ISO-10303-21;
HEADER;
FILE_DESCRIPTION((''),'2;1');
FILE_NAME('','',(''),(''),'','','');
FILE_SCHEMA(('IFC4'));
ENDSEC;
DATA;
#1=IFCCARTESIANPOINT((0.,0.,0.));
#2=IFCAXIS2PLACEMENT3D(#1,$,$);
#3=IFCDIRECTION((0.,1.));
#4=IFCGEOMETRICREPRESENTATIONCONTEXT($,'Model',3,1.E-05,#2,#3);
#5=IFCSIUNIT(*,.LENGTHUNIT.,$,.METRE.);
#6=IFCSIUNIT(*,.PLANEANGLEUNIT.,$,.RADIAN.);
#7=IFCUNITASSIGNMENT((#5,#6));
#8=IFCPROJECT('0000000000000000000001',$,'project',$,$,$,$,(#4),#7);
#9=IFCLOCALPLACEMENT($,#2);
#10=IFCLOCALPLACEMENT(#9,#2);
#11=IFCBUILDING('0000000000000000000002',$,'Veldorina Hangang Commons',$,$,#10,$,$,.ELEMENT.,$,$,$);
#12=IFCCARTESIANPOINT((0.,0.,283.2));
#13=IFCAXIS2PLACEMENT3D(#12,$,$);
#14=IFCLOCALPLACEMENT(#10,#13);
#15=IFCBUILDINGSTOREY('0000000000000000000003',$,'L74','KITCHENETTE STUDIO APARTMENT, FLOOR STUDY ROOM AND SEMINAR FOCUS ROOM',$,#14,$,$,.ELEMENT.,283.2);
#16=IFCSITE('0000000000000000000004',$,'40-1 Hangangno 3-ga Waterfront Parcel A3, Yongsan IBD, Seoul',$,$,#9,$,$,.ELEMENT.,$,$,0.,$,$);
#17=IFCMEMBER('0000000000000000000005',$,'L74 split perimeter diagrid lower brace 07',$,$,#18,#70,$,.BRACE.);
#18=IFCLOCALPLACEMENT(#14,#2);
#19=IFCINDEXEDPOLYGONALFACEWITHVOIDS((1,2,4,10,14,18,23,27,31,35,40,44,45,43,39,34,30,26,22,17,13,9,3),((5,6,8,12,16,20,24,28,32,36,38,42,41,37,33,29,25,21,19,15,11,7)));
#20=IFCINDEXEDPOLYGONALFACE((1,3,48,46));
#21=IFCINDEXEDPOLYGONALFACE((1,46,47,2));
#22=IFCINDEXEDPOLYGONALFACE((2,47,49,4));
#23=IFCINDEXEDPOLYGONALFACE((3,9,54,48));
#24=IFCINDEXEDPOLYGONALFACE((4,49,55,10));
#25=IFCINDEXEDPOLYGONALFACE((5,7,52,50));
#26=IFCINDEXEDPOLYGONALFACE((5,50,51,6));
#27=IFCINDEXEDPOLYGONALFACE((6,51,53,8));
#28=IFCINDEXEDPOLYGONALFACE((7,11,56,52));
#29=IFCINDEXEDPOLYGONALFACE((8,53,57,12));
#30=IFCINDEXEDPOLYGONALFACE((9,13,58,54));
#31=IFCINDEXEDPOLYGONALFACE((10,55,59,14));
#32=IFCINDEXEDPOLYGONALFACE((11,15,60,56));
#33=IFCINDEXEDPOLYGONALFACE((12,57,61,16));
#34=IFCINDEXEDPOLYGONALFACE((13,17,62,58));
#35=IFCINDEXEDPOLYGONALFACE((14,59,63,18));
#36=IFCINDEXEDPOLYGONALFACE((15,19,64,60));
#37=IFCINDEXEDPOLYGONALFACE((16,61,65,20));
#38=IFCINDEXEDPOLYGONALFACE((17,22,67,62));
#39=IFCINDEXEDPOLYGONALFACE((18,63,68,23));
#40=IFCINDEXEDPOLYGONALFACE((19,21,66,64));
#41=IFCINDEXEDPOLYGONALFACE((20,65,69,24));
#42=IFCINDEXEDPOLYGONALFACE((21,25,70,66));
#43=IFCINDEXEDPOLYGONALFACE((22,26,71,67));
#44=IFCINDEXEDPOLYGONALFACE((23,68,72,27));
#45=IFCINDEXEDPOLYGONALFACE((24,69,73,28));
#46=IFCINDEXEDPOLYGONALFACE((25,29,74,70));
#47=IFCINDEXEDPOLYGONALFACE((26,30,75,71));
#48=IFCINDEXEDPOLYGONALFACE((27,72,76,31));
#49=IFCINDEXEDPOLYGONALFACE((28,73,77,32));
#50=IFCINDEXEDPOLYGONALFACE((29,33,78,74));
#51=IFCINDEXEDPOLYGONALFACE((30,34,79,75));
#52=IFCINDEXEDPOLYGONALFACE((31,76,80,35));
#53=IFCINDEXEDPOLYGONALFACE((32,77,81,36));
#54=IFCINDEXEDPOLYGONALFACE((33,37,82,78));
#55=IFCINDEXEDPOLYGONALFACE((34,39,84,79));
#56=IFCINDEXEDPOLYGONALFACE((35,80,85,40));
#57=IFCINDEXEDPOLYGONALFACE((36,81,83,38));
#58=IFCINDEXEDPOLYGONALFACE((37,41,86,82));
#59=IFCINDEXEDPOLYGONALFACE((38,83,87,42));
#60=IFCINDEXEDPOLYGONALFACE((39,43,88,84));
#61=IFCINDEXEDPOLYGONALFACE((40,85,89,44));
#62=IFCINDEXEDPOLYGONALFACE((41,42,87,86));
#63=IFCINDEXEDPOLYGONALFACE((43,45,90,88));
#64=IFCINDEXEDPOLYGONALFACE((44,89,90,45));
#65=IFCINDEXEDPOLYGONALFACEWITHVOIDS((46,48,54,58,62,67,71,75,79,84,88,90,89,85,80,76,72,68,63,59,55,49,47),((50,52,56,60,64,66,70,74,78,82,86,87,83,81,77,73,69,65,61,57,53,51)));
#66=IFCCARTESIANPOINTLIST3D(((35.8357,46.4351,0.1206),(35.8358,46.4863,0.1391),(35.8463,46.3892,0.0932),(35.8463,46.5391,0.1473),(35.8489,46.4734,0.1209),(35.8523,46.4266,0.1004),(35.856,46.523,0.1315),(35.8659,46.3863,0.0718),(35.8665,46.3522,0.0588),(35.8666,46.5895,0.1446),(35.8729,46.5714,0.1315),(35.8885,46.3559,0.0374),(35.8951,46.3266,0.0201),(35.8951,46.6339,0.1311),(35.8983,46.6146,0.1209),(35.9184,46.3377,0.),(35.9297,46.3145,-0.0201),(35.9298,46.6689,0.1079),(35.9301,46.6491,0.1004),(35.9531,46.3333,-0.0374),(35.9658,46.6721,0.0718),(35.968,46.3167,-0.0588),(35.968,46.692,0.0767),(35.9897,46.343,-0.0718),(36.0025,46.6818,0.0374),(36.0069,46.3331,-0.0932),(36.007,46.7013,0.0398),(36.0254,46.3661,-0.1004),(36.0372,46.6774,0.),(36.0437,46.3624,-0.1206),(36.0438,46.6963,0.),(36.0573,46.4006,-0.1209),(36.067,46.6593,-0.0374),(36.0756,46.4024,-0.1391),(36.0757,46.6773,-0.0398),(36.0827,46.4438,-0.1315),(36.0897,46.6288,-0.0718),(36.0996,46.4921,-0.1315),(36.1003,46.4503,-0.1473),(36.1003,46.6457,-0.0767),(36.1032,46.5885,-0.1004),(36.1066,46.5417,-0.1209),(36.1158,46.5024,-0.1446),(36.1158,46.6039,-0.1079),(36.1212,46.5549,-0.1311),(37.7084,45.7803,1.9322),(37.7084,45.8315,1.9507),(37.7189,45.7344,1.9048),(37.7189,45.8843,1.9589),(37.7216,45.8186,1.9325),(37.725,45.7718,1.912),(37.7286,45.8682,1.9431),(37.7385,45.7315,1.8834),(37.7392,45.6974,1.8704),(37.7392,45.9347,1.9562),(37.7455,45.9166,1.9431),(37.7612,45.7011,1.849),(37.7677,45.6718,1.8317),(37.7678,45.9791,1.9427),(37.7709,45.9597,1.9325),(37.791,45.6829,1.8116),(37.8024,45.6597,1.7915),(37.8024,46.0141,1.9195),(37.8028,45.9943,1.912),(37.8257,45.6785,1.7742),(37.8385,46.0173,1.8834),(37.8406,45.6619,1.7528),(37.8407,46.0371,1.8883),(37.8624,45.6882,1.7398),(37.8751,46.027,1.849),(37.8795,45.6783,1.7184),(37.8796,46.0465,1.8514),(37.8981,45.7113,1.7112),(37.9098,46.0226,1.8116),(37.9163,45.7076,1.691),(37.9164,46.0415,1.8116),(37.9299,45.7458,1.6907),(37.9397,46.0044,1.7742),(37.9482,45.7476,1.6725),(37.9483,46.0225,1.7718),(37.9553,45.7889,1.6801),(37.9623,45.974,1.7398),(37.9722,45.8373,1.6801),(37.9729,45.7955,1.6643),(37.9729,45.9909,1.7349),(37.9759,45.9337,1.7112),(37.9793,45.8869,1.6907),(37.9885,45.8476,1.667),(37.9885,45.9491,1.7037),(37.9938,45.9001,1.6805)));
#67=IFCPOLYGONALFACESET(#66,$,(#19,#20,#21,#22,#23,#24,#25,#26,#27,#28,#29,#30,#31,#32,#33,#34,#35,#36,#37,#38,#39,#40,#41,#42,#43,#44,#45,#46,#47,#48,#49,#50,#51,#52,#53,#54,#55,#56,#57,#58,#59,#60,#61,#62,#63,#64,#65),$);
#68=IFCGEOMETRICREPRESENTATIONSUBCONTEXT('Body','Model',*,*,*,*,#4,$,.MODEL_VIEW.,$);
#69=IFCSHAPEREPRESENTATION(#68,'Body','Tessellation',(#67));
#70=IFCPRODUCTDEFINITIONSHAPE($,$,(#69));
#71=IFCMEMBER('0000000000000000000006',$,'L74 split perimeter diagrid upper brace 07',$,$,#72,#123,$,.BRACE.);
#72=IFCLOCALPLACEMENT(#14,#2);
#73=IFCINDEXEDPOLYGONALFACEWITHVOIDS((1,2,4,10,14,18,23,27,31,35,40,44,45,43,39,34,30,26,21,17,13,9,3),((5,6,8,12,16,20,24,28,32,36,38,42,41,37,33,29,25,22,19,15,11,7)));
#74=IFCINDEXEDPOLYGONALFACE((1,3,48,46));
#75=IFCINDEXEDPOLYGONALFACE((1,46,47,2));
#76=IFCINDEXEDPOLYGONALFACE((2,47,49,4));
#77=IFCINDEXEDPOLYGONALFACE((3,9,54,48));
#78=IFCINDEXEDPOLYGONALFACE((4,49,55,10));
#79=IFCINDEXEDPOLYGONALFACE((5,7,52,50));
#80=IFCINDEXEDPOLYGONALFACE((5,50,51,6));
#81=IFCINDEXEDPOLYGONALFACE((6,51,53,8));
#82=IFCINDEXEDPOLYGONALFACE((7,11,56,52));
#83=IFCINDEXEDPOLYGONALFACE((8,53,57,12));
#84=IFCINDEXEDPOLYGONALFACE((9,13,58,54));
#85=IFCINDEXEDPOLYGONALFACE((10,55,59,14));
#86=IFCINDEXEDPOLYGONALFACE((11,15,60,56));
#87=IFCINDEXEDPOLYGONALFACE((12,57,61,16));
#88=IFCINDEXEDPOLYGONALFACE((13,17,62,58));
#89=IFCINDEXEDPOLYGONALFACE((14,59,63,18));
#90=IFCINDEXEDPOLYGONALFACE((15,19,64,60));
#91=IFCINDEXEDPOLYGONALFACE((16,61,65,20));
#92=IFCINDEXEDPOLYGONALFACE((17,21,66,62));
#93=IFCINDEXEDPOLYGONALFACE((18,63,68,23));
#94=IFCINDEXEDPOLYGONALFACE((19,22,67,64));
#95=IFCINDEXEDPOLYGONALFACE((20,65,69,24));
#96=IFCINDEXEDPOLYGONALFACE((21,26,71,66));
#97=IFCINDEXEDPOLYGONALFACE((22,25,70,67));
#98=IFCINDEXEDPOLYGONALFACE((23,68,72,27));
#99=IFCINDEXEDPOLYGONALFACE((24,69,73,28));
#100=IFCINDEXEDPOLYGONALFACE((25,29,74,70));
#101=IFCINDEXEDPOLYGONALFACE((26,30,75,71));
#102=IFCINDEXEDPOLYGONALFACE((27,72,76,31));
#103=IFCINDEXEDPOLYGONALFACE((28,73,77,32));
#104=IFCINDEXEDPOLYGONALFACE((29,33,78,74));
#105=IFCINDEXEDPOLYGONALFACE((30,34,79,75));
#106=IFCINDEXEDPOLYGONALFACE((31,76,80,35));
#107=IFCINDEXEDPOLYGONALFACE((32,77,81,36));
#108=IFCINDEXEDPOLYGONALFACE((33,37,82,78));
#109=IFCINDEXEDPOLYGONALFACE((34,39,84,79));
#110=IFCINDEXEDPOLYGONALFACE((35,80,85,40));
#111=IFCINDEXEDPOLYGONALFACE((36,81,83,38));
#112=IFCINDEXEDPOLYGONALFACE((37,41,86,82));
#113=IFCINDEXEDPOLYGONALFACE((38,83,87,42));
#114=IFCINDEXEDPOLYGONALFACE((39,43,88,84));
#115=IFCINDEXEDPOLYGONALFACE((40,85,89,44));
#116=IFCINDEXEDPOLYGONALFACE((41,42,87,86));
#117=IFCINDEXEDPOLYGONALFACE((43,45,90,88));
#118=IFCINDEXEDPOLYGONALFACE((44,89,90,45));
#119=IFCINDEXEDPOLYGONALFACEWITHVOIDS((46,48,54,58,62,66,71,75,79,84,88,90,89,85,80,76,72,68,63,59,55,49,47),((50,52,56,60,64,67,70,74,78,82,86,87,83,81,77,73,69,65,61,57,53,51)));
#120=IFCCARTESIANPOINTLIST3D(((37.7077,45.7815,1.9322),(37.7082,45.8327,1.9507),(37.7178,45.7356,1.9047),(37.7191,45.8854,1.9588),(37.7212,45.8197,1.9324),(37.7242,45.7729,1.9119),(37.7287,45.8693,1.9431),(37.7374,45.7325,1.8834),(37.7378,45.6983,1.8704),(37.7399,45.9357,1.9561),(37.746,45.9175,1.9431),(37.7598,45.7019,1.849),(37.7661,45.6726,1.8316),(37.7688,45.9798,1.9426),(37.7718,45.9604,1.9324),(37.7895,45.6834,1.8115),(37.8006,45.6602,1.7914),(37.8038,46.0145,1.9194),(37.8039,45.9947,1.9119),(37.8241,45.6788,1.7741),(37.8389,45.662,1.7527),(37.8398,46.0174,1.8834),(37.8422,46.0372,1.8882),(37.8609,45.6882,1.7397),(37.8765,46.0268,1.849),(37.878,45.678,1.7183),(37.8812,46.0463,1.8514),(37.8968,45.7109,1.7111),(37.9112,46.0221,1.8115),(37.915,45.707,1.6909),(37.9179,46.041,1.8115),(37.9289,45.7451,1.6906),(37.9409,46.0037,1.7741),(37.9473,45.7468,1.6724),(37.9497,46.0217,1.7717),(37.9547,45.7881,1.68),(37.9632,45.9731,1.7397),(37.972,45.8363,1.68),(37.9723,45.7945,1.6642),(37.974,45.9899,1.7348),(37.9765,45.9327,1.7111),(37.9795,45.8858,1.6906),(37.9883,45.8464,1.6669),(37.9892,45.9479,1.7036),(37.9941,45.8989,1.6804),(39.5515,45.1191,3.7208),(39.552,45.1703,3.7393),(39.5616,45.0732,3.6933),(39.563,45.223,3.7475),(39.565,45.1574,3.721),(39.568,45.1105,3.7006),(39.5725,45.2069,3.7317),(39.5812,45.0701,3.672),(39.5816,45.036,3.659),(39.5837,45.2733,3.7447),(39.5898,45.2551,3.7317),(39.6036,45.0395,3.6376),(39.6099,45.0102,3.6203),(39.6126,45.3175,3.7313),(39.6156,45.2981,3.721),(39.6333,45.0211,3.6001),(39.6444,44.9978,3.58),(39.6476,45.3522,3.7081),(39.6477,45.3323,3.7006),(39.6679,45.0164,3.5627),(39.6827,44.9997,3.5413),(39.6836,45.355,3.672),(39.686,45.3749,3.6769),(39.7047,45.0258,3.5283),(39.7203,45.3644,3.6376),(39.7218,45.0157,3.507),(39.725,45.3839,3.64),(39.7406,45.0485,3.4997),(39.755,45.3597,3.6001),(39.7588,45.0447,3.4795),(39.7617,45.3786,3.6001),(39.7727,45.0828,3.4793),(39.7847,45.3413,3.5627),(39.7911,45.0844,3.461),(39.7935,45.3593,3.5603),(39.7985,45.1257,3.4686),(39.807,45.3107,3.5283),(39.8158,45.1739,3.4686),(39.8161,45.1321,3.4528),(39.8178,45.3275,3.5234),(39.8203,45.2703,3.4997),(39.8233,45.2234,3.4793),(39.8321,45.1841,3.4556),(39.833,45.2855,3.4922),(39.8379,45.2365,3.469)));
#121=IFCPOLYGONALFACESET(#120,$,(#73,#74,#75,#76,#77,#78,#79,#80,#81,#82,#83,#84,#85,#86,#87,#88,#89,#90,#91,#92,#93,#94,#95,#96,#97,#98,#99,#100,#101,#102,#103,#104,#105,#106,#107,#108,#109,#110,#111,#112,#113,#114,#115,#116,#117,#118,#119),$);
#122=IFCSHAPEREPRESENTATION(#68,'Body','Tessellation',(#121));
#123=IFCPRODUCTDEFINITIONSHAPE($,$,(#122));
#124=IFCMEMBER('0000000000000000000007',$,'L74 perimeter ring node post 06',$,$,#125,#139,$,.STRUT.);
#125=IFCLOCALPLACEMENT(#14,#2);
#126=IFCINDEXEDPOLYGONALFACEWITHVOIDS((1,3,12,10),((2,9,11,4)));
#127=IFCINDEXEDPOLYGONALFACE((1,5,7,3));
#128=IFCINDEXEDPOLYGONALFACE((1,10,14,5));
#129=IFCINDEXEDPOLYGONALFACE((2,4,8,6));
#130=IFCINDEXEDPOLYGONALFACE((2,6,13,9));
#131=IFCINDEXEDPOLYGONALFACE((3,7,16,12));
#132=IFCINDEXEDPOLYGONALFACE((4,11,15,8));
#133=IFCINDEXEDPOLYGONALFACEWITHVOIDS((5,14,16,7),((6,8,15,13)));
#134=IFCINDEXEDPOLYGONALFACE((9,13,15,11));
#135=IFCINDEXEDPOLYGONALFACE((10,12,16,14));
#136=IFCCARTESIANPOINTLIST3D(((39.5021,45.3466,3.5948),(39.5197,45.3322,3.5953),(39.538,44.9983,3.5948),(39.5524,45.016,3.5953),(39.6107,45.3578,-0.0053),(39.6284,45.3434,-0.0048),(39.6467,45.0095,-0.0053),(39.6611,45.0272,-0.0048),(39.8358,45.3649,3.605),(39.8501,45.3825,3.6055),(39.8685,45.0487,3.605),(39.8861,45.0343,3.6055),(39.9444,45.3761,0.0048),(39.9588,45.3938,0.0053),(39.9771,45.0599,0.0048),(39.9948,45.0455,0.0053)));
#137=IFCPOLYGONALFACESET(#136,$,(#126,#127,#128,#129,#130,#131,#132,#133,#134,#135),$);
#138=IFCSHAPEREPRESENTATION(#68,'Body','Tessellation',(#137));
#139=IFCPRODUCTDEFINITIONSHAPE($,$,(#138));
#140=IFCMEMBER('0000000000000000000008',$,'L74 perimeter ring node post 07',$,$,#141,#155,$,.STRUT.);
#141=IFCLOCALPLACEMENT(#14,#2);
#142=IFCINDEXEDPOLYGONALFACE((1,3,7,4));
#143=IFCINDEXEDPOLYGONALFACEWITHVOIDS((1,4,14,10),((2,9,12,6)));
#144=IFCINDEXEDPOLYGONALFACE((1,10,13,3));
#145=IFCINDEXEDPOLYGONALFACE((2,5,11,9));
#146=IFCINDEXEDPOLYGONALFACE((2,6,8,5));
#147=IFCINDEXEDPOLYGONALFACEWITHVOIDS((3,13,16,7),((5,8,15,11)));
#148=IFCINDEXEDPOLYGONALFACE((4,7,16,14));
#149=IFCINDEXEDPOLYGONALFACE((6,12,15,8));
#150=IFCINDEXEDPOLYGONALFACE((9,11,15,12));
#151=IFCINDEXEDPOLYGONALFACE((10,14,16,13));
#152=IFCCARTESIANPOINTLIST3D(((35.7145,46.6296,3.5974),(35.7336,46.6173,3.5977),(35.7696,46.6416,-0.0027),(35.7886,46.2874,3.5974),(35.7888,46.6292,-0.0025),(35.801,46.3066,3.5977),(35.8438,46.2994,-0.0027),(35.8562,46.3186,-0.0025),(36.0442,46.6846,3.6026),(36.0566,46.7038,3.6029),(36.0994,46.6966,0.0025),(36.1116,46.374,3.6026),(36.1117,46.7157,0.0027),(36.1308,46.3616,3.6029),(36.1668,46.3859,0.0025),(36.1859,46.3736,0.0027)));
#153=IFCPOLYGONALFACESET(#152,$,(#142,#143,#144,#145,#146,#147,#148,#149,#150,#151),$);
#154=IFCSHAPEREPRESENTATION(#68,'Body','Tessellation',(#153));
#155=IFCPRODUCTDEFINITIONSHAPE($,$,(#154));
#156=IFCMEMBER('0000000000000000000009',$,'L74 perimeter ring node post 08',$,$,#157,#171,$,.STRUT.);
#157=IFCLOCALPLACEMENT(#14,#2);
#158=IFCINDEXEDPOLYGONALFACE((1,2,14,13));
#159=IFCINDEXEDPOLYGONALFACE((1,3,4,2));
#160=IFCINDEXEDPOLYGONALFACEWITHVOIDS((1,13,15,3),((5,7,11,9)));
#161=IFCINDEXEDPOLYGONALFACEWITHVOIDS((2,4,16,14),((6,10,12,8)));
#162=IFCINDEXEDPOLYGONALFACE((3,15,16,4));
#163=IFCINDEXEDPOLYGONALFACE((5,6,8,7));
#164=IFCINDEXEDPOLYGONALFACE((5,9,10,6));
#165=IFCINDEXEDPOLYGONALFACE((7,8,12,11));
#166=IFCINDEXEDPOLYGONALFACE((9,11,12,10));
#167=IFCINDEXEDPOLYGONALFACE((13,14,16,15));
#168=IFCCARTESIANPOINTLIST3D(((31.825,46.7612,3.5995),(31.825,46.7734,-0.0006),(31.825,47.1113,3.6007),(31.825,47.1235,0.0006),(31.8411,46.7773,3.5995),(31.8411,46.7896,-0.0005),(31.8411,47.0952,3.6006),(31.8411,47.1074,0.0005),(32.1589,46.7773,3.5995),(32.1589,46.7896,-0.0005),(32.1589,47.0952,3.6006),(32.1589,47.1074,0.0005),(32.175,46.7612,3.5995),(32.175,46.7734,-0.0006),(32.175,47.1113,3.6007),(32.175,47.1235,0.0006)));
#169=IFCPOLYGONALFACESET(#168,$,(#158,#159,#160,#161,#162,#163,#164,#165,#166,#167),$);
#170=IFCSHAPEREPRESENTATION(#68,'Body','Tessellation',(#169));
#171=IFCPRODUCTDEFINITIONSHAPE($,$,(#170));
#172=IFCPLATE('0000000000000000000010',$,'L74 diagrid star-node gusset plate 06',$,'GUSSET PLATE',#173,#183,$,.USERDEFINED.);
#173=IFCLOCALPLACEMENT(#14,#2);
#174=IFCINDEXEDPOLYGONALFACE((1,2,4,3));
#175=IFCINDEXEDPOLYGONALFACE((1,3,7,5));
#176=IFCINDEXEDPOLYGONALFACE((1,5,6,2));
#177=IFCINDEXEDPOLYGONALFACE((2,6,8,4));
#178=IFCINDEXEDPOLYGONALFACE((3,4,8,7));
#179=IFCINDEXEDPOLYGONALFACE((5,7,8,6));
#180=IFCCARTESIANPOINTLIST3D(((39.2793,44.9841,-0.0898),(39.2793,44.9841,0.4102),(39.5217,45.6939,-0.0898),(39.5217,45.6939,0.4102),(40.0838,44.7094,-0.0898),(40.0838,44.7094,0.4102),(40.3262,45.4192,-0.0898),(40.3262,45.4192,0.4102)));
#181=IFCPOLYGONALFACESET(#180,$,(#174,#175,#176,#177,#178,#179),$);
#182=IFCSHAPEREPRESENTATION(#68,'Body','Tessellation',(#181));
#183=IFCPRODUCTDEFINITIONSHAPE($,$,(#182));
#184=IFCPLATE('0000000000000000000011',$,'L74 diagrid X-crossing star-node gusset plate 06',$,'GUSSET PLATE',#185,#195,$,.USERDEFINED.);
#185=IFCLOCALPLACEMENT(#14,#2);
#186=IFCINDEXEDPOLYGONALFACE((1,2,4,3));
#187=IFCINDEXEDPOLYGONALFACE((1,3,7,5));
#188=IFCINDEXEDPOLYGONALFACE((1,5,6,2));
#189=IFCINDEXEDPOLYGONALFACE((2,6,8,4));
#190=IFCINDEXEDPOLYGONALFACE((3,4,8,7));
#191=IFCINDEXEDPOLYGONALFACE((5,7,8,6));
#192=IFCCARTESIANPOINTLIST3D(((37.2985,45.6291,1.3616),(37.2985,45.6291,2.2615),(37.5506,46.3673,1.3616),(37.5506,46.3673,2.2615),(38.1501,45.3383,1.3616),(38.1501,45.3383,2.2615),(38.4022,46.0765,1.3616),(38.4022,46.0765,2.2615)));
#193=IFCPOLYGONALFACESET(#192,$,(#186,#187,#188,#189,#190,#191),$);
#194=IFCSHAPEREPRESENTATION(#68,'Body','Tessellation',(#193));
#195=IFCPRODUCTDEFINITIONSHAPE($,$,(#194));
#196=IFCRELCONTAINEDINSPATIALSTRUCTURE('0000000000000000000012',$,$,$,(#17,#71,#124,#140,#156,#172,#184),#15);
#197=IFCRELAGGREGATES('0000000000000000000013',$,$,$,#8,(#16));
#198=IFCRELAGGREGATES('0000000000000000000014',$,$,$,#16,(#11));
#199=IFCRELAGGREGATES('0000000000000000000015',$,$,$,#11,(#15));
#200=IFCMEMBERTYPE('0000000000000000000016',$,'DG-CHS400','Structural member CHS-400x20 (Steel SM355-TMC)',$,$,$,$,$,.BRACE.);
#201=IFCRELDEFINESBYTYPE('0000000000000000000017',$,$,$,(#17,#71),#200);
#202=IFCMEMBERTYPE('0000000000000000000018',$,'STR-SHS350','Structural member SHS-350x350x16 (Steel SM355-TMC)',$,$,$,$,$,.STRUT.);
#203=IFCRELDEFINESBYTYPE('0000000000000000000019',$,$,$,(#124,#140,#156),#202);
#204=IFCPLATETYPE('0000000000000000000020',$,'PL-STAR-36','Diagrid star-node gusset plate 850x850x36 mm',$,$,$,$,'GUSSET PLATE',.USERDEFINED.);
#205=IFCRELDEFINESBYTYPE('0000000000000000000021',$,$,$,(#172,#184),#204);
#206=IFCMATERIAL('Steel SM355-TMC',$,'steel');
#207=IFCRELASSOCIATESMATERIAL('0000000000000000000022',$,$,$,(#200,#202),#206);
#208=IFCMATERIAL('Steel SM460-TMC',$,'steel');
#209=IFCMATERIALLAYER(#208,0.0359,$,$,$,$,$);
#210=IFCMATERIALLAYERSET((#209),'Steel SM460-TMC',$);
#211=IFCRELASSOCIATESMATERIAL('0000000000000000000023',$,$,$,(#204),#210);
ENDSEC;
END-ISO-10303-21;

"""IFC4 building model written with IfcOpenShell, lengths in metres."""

from ifc_helpers import new_model, si_unit, direction, frame, origin, origin_2d, place, context, subcontext, project, spatial, rectangle, hollow_rectangle, hollow_circle, extrude, material, layer, layer_set, material_profile, profile_set, type_object, element, save


model = new_model("IFC4")

# Units and contexts
model_context = context("Model", 3, precision=1e-05, world=origin(), true_north=direction((0.0, 1.0)))
body_context = subcontext(model_context, "Body", "Model", "MODEL_VIEW")
ifc_project = project(units=[si_unit("LENGTHUNIT", "METRE"), si_unit("PLANEANGLEUNIT", "RADIAN")], contexts=[model_context])

# Site, building, storey
site_placement = place(None, origin())
site = spatial("IfcSite", under=ifc_project, at=site_placement, Name="40-1 Hangangno 3-ga Waterfront Parcel A3, Yongsan IBD, Seoul", CompositionType="ELEMENT", RefElevation=0.0)
building_placement = place(site_placement, origin())
building = spatial("IfcBuilding", under=site, at=building_placement, Name="Veldorina Hangang Commons", CompositionType="ELEMENT")
storey_placement = place(building_placement, frame((0.0, 0.0, 283.2)))
storey = spatial("IfcBuildingStorey", under=building, at=storey_placement, Name="L74", Description="KITCHENETTE STUDIO APARTMENT, FLOOR STUDY ROOM AND SEMINAR FOCUS ROOM", CompositionType="ELEMENT", Elevation=283.2)

# Shared definitions
ifc_material_1 = material(Name="Steel SM355-TMC", Category="steel")

# Members
ifc_material_profile_1 = material_profile(ifc_material_1, hollow_circle(Radius=0.2, WallThickness=0.02, at=origin_2d()), Name="CHS-400x20")
ifc_profile_set_1 = profile_set([ifc_material_profile_1], Name="Steel SM355-TMC")
member_type_1 = type_object("IfcMemberType", Name="DG-CHS400", Description="Structural member CHS-400x20 (Steel SM355-TMC)", PredefinedType="BRACE", material=ifc_profile_set_1)
member_1_placement = place(storey_placement, frame((35.9778, 46.5076, 0.0), z_axis=(0.697047, -0.243739, 0.674327), x_axis=(0.330076, 0.943954, 0.0)))
element("IfcMember", 1, at=member_1_placement, inside=storey, type_object=member_type_1, Name="L74 split perimeter diagrid lower brace 07", PredefinedType="BRACE", context=body_context, shape_type="SweptSolid", body=[
    extrude(hollow_circle(Radius=0.2, WallThickness=0.02, at=origin_2d()), origin(), (0.0, 0.0, 1.0), 2.6865),
])
member_2_placement = place(storey_placement, frame((37.8503, 45.8528, 1.8115), z_axis=(0.695031, -0.249685, 0.674232), x_axis=(0.338088, 0.941114, 0.0)))
element("IfcMember", 2, at=member_2_placement, inside=storey, type_object=member_type_1, Name="L74 split perimeter diagrid upper brace 07", PredefinedType="BRACE", context=body_context, shape_type="SweptSolid", body=[
    extrude(hollow_circle(Radius=0.2, WallThickness=0.02, at=origin_2d()), origin(), (0.0, 0.0, 1.0), 2.6528),
])
ifc_material_profile_2 = material_profile(ifc_material_1, hollow_rectangle(XDim=0.3501, YDim=0.3501, WallThickness=0.0161, at=origin_2d()), Name="SHS-350x350x16")
ifc_profile_set_2 = profile_set([ifc_material_profile_2], Name="Steel SM355-TMC")
member_type_2 = type_object("IfcMemberType", Name="STR-SHS350", Description="Structural member SHS-350x350x16 (Steel SM355-TMC)", PredefinedType="STRUT", material=ifc_profile_set_2)
member_3_placement = place(storey_placement, frame((39.8027, 45.2017, 0.0), z_axis=(-0.030164, -0.003118, 0.99954), x_axis=(0.102823, -0.9947, 0.0)))
element("IfcMember", 3, at=member_3_placement, inside=storey, type_object=member_type_2, Name="L74 perimeter ring node post 06", PredefinedType="STRUT", context=body_context, shape_type="SweptSolid", body=[
    extrude(hollow_rectangle(XDim=0.3501, YDim=0.3501, WallThickness=0.0161, at=origin_2d()), origin(), (0.0, 0.0, 1.0), 3.6018),
])
member_4_placement = place(storey_placement, frame((35.9778, 46.5076, 0.0), z_axis=(-0.015324, -0.003323, 0.999877), x_axis=(0.211891, -0.977293, 0.0)))
element("IfcMember", 4, at=member_4_placement, inside=storey, type_object=member_type_2, Name="L74 perimeter ring node post 07", PredefinedType="STRUT", context=body_context, shape_type="SweptSolid", body=[
    extrude(hollow_rectangle(XDim=0.3501, YDim=0.3501, WallThickness=0.0161, at=origin_2d()), origin(), (0.0, 0.0, 1.0), 3.6006),
])
member_5_placement = place(storey_placement, frame((32.0, 46.9485, 0.0), z_axis=(0.0, -0.003391, 0.999994), x_axis=(1.0, 0.0, 0.0)))
element("IfcMember", 5, at=member_5_placement, inside=storey, type_object=member_type_2, Name="L74 perimeter ring node post 08", PredefinedType="STRUT", context=body_context, shape_type="SweptSolid", body=[
    extrude(hollow_rectangle(XDim=0.3501, YDim=0.3501, WallThickness=0.0161, at=origin_2d()), origin(), (0.0, 0.0, 1.0), 3.6001),
])

# Plates
ifc_material_2 = material(Name="Steel SM460-TMC", Category="steel")
ifc_layer_1 = layer(ifc_material_2, 0.0359)
ifc_layer_set_1 = layer_set([ifc_layer_1], Name="Steel SM460-TMC")
plate_type = type_object("IfcPlateType", Name="PL-STAR-36", Description="Diagrid star-node gusset plate 850x850x36 mm", ElementType="GUSSET PLATE", PredefinedType="USERDEFINED", material=ifc_layer_set_1)
plate_1_placement = place(storey_placement, frame((39.8027, 45.2017, -0.0898), z_axis=(0.0, 0.0, 1.0), x_axis=(-0.946356, 0.323125, 0.0)))
element("IfcPlate", 6, at=plate_1_placement, inside=storey, type_object=plate_type, Name="L74 diagrid star-node gusset plate 06", ObjectType="GUSSET PLATE", PredefinedType="USERDEFINED", context=body_context, shape_type="SweptSolid", body=[
    extrude(rectangle(XDim=0.8501, YDim=0.75, at=origin_2d()), origin(), (0.0, 0.0, 1.0), 0.5),
])
plate_2_placement = place(storey_placement, frame((37.8503, 45.8528, 1.3616), z_axis=(0.0, 0.0, 1.0), x_axis=(-0.946356, 0.323125, 0.0)))
element("IfcPlate", 7, at=plate_2_placement, inside=storey, type_object=plate_type, Name="L74 diagrid X-crossing star-node gusset plate 06", ObjectType="GUSSET PLATE", PredefinedType="USERDEFINED", context=body_context, shape_type="SweptSolid", body=[
    extrude(rectangle(XDim=0.8999, YDim=0.78, at=origin_2d()), origin(), (0.0, 0.0, 1.0), 0.8999),
])

save(model, "model.ifc")
